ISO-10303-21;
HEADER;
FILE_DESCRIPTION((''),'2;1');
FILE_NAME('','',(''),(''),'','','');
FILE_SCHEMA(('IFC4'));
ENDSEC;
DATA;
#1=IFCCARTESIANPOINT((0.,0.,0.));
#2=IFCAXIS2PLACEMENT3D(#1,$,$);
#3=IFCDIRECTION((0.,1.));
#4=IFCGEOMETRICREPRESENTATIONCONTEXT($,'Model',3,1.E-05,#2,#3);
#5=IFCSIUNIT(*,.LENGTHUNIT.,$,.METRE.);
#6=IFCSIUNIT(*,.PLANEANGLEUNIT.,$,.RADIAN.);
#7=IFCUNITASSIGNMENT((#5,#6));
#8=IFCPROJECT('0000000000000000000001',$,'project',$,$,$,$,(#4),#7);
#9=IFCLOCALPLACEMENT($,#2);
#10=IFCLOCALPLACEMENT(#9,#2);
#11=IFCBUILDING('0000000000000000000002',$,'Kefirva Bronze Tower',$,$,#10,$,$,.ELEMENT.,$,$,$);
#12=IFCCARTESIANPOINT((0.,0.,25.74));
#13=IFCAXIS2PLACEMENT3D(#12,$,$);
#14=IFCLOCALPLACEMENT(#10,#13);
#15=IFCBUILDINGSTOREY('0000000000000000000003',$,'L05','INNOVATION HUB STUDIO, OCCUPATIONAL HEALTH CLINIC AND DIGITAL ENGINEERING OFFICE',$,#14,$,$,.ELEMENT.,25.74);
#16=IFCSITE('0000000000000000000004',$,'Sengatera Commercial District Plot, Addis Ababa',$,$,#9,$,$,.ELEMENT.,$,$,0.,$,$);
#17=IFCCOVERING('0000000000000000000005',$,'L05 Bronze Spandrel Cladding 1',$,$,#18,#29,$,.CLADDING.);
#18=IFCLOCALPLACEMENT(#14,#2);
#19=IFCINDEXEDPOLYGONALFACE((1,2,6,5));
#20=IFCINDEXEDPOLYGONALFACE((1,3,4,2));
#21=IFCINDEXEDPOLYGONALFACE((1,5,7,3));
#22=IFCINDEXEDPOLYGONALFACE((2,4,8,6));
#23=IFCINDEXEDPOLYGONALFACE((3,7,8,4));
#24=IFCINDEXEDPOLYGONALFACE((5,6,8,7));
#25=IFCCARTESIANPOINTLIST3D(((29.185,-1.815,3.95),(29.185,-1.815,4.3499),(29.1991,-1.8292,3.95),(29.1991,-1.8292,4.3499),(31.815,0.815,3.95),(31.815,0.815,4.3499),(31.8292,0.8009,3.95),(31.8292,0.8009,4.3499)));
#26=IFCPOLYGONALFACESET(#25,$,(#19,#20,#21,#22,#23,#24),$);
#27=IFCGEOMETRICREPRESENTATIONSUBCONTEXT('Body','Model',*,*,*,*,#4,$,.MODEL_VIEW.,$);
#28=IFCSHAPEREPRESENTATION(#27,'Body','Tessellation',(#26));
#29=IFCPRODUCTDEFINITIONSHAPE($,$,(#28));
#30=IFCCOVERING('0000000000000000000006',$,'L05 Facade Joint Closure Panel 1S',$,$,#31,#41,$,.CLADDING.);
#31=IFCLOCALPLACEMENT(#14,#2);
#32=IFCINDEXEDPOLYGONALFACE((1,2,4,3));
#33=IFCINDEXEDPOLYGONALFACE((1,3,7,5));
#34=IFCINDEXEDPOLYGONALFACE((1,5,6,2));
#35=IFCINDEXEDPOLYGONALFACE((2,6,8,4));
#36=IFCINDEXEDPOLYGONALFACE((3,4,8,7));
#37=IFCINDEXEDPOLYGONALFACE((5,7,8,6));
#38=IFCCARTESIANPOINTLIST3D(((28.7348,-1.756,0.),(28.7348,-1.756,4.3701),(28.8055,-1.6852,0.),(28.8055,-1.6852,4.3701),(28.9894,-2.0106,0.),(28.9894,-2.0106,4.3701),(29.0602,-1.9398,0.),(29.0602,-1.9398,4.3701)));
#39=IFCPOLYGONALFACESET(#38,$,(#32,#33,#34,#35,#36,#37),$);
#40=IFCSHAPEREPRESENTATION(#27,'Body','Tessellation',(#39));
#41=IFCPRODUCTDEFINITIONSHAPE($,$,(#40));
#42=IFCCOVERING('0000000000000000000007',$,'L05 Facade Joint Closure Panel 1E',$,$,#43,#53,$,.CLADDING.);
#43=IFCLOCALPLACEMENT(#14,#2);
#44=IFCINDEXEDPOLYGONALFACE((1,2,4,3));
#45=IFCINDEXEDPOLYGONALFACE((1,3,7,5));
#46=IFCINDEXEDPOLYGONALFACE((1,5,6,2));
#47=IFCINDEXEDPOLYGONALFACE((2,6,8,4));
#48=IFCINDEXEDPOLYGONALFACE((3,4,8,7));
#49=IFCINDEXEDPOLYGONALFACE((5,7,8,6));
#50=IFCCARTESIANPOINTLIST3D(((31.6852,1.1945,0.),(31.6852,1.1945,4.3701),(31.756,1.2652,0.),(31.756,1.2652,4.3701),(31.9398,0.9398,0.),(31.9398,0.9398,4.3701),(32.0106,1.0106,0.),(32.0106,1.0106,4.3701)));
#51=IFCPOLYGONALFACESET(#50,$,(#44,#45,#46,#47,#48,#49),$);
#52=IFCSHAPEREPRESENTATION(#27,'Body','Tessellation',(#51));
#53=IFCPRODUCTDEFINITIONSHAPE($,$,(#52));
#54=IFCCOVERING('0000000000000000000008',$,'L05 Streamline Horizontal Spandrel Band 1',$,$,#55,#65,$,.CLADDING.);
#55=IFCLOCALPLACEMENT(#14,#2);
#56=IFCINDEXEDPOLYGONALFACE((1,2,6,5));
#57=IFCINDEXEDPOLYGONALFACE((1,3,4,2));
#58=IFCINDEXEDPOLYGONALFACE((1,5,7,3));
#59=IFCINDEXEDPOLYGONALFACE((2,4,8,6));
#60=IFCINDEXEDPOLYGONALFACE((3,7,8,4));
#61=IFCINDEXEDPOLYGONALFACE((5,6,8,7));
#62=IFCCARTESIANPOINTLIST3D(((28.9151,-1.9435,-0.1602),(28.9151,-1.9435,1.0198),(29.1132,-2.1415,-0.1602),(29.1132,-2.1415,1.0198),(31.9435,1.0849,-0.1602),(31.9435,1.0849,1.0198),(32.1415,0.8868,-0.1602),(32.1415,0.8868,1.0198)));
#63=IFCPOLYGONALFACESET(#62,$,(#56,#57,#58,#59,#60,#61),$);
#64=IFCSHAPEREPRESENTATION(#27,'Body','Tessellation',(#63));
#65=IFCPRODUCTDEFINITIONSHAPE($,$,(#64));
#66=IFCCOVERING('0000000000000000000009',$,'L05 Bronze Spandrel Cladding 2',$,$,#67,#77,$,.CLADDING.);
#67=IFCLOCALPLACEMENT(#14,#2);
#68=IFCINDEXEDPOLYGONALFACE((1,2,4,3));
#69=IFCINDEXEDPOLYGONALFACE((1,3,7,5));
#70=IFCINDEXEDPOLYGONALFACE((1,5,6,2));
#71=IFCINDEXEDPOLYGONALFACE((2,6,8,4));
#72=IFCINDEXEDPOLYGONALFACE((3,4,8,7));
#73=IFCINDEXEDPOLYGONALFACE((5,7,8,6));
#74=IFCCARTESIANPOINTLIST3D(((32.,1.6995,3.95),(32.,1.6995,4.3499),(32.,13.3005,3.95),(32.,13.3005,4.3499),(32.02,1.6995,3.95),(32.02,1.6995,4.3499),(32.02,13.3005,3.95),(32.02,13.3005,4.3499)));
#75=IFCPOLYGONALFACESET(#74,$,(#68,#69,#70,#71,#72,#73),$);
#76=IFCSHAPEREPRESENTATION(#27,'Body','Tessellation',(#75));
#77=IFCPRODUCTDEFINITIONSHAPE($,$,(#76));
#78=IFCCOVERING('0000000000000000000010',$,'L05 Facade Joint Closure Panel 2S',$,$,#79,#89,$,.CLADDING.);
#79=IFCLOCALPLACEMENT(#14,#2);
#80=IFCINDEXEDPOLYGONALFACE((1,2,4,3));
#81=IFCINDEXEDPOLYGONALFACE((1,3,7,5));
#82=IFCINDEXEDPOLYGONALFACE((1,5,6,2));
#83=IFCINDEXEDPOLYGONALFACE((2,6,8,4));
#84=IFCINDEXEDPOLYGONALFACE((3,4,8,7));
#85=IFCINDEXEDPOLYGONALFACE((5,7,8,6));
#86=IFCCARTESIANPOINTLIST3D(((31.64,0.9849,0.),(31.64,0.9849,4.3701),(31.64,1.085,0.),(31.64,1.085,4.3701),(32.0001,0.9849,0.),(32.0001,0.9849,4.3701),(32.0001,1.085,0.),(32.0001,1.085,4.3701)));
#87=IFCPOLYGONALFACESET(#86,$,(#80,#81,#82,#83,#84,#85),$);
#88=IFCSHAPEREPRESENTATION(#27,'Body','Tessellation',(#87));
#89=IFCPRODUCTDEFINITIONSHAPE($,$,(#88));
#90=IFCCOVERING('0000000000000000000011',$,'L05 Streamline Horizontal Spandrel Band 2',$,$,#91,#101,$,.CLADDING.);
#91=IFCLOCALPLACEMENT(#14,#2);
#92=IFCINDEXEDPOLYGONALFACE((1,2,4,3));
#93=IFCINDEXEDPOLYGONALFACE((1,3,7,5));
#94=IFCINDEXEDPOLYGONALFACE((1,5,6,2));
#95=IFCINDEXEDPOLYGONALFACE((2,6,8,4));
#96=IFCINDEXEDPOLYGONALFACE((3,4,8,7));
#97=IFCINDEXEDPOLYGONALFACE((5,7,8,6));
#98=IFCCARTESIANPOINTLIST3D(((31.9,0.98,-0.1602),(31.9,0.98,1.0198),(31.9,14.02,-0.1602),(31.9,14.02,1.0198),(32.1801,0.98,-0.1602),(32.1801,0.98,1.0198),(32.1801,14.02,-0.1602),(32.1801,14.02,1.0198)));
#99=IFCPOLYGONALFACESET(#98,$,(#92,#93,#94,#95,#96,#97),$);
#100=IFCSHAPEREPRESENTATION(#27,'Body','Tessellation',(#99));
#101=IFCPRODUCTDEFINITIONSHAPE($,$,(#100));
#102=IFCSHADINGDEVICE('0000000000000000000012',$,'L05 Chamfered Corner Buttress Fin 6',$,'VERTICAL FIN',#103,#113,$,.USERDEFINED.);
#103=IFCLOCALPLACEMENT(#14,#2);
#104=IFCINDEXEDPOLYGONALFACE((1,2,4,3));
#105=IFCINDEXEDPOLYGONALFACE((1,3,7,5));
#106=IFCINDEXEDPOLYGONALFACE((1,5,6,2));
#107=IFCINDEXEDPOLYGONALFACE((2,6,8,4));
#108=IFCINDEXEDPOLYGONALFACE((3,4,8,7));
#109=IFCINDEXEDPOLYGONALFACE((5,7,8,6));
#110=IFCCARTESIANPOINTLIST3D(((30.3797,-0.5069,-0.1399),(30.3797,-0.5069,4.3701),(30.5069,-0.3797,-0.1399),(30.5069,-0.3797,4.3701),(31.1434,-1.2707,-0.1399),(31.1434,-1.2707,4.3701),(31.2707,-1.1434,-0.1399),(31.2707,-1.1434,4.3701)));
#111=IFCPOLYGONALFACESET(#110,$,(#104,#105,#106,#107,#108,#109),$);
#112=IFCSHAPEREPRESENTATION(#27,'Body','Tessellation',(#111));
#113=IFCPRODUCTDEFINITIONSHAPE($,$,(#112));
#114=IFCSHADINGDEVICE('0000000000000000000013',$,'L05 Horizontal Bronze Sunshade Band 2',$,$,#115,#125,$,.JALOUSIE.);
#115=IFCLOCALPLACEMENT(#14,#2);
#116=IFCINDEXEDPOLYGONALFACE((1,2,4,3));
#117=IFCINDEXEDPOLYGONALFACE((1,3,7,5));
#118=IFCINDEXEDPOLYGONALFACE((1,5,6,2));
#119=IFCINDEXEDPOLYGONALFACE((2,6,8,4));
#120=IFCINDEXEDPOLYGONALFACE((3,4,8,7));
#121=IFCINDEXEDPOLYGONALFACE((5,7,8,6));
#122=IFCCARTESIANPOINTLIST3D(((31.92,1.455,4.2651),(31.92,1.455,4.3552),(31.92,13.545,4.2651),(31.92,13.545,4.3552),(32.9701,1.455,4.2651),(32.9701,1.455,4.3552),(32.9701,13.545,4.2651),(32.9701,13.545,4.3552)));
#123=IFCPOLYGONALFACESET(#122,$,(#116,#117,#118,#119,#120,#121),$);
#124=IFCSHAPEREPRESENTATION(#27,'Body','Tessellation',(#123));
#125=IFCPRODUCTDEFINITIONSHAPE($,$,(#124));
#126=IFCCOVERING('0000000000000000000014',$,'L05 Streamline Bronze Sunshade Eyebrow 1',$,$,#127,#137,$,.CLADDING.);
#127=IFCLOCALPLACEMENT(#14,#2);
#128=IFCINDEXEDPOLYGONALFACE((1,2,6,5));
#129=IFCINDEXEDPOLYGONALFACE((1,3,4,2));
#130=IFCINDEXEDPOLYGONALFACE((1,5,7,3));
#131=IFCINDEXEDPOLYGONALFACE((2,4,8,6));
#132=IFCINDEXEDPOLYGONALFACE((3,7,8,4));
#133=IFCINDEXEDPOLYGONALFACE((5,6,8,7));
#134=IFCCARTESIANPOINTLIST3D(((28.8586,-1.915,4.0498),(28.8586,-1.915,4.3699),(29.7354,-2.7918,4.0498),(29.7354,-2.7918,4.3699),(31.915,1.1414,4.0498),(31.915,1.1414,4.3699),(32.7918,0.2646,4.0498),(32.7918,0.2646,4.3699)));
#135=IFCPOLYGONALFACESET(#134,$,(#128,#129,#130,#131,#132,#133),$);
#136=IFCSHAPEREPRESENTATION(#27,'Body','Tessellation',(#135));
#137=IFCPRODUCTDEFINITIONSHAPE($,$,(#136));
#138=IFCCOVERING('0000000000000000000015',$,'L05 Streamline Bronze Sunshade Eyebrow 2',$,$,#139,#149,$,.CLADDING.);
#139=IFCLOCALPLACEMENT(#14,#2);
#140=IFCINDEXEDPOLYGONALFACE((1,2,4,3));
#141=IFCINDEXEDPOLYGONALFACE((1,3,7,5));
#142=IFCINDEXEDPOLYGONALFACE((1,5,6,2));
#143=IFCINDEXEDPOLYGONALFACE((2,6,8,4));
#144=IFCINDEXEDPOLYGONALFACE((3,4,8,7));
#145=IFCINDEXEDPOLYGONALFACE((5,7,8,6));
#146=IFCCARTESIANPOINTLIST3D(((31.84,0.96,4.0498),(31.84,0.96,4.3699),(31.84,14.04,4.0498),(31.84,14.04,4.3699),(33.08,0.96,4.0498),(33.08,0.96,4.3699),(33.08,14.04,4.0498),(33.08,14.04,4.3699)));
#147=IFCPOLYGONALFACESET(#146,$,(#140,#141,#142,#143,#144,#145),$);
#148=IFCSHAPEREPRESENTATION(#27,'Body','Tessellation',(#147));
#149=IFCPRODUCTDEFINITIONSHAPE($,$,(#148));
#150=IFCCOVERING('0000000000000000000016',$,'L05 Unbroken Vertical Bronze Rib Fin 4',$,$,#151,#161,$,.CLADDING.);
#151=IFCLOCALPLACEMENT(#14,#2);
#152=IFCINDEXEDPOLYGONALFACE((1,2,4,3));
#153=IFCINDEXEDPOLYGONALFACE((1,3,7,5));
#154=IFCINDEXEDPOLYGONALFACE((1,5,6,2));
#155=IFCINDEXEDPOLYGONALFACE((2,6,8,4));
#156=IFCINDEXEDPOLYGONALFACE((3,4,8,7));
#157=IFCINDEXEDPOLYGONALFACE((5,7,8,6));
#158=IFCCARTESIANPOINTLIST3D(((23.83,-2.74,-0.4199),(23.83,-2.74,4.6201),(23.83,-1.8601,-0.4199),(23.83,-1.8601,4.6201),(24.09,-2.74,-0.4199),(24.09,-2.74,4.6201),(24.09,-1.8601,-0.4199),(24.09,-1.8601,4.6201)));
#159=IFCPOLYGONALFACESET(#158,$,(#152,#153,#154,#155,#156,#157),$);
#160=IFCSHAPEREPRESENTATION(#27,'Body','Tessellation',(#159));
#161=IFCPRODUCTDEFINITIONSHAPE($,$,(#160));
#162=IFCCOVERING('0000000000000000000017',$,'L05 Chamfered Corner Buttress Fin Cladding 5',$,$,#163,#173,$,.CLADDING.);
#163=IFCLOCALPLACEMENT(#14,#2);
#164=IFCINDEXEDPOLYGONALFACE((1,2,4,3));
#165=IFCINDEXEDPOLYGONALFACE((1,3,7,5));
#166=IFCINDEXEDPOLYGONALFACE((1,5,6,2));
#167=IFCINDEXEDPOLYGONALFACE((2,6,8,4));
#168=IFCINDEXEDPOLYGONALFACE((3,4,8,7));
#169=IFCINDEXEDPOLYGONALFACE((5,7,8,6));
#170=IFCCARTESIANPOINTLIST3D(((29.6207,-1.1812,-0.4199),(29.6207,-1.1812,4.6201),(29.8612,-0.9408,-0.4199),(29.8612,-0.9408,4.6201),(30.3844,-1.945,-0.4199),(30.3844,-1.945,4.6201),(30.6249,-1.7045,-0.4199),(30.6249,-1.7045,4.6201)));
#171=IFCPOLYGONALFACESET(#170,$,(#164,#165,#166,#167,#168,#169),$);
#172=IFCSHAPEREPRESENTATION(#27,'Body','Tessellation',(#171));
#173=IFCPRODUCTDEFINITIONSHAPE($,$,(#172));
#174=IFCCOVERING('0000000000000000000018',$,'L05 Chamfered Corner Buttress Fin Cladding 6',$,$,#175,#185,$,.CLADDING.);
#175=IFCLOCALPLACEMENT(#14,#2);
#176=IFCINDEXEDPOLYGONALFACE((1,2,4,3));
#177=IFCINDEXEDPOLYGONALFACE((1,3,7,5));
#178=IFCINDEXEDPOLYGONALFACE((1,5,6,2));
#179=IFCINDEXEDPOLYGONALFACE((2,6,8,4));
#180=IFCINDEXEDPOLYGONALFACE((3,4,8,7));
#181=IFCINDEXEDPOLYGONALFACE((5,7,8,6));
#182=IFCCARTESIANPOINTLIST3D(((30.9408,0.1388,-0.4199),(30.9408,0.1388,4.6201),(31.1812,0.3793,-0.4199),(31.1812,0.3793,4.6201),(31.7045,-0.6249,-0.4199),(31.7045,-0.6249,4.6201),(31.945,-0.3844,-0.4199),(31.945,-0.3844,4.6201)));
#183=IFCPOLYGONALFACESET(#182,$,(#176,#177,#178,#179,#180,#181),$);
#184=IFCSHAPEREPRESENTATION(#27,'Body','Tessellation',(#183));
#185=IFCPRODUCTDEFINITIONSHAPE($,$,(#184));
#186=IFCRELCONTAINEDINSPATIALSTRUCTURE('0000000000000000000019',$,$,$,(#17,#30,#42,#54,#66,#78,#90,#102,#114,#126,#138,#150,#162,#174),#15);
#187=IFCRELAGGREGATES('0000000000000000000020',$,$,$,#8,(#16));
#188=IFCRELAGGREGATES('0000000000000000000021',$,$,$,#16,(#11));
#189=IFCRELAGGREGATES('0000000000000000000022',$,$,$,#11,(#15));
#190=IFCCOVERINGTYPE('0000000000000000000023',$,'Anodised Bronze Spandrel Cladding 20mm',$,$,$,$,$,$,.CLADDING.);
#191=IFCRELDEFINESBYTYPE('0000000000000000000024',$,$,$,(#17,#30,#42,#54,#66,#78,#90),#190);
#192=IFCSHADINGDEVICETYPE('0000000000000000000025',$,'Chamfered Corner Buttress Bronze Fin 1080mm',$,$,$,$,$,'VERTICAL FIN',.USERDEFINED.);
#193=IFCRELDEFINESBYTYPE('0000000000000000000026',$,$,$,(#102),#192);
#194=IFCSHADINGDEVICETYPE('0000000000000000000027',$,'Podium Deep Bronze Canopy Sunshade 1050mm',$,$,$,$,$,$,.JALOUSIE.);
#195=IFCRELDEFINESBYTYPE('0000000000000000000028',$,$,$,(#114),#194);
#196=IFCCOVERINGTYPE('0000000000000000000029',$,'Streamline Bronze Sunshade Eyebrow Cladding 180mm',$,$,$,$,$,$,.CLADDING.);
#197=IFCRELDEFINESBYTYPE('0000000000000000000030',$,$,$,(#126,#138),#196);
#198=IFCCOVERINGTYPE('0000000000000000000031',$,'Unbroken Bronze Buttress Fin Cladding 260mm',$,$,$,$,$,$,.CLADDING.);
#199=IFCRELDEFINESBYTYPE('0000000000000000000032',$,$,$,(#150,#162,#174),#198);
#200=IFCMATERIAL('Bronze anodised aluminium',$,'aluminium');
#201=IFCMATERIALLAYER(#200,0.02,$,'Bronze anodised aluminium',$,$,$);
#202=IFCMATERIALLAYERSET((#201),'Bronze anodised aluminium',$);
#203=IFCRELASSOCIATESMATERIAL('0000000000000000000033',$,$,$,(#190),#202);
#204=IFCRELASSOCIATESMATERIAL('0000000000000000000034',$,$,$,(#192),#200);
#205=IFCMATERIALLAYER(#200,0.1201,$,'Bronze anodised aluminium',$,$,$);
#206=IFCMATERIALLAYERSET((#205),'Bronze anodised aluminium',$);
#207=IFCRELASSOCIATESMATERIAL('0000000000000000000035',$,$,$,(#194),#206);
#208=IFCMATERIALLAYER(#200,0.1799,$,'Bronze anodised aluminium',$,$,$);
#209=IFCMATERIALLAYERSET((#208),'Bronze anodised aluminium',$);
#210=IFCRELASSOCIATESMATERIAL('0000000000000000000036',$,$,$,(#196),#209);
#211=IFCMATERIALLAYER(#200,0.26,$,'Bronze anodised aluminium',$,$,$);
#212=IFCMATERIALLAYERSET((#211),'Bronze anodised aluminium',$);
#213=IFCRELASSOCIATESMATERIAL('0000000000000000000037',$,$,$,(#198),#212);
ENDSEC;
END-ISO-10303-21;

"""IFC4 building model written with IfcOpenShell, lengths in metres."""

from ifc_helpers import new_model, si_unit, direction, frame, origin, origin_2d, place, context, subcontext, project, spatial, rectangle, extrude, material, layer, layer_set, material_profile, profile_set, type_object, element, save


model = new_model("IFC4")

# Units and contexts
model_context = context("Model", 3, precision=1e-05, world=origin(), true_north=direction((0.0, 1.0)))
body_context = subcontext(model_context, "Body", "Model", "MODEL_VIEW")
ifc_project = project(units=[si_unit("LENGTHUNIT", "METRE"), si_unit("PLANEANGLEUNIT", "RADIAN")], contexts=[model_context])

# Site, building, storey
site_placement = place(None, origin())
site = spatial("IfcSite", under=ifc_project, at=site_placement, Name="Sengatera Commercial District Plot, Addis Ababa", CompositionType="ELEMENT", RefElevation=0.0)
building_placement = place(site_placement, origin())
building = spatial("IfcBuilding", under=site, at=building_placement, Name="Kefirva Bronze Tower", CompositionType="ELEMENT")
storey_placement = place(building_placement, frame((0.0, 0.0, 25.74)))
storey = spatial("IfcBuildingStorey", under=building, at=storey_placement, Name="L05", Description="INNOVATION HUB STUDIO, OCCUPATIONAL HEALTH CLINIC AND DIGITAL ENGINEERING OFFICE", CompositionType="ELEMENT", Elevation=25.74)

# Shared definitions
ifc_material_1 = material(Name="Bronze anodised aluminium", Category="aluminium")

# Coverings
ifc_layer_1 = layer(ifc_material_1, 0.02, Name="Bronze anodised aluminium")
ifc_layer_set_1 = layer_set([ifc_layer_1], Name="Bronze anodised aluminium")
covering_type_1 = type_object("IfcCoveringType", Name="Anodised Bronze Spandrel Cladding 20mm", PredefinedType="CLADDING", material=ifc_layer_set_1)
covering_1_placement = place(storey_placement, frame((30.5071, -0.5071, 3.95), z_axis=(0.0, 0.0, 1.0), x_axis=(0.707107, 0.707107, 0.0)))
element("IfcCovering", 1, at=covering_1_placement, inside=storey, type_object=covering_type_1, Name="L05 Bronze Spandrel Cladding 1", PredefinedType="CLADDING", context=body_context, shape_type="SweptSolid", body=[
    extrude(rectangle(XDim=3.7195, YDim=0.02, at=origin_2d()), origin(), (0.0, 0.0, 1.0), 0.3999),
])
for number, where, z_axis, x_axis, name in (
    (2, (28.8975, -1.8479, 0.0), (0.0, 0.0, 1.0), (0.707107, 0.707107, 0.0), "L05 Facade Joint Closure Panel 1S"),
    (3, (31.8479, 1.1025, 0.0), (0.0, 0.0, 1.0), (0.707107, 0.707107, 0.0), "L05 Facade Joint Closure Panel 1E"),
):
    element("IfcCovering", number, at=place(storey_placement, frame(where, z_axis=z_axis, x_axis=x_axis)), inside=storey, type_object=covering_type_1, Name=name, PredefinedType="CLADDING", context=body_context, shape_type="SweptSolid", body=[
        extrude(rectangle(XDim=0.1001, YDim=0.3601, at=origin_2d()), origin(), (0.0, 0.0, 1.0), 4.3701),
    ])
covering_2_placement = place(storey_placement, frame((30.5283, -0.5283, -0.1602), z_axis=(0.0, 0.0, 1.0), x_axis=(0.707107, 0.707107, 0.0)))
element("IfcCovering", 4, at=covering_2_placement, inside=storey, type_object=covering_type_1, Name="L05 Streamline Horizontal Spandrel Band 1", PredefinedType="CLADDING", context=body_context, shape_type="SweptSolid", body=[
    extrude(rectangle(XDim=4.2827, YDim=0.28, at=origin_2d()), origin(), (0.0, 0.0, 1.0), 1.1799),
])
covering_3_placement = place(storey_placement, frame((32.01, 7.5, 3.95), z_axis=(0.0, 0.0, 1.0), x_axis=(0.0, 1.0, 0.0)))
element("IfcCovering", 5, at=covering_3_placement, inside=storey, type_object=covering_type_1, Name="L05 Bronze Spandrel Cladding 2", PredefinedType="CLADDING", context=body_context, shape_type="SweptSolid", body=[
    extrude(rectangle(XDim=11.6011, YDim=0.02, at=origin_2d()), origin(), (0.0, 0.0, 1.0), 0.3999),
])
covering_4_placement = place(storey_placement, frame((31.8201, 1.0349, 0.0), z_axis=(0.0, 0.0, 1.0), x_axis=(0.0, 1.0, 0.0)))
element("IfcCovering", 6, at=covering_4_placement, inside=storey, type_object=covering_type_1, Name="L05 Facade Joint Closure Panel 2S", PredefinedType="CLADDING", context=body_context, shape_type="SweptSolid", body=[
    extrude(rectangle(XDim=0.1001, YDim=0.3601, at=origin_2d()), origin(), (0.0, 0.0, 1.0), 4.3701),
])
covering_5_placement = place(storey_placement, frame((32.04, 7.5, -0.1602), z_axis=(0.0, 0.0, 1.0), x_axis=(0.0, 1.0, 0.0)))
element("IfcCovering", 7, at=covering_5_placement, inside=storey, type_object=covering_type_1, Name="L05 Streamline Horizontal Spandrel Band 2", PredefinedType="CLADDING", context=body_context, shape_type="SweptSolid", body=[
    extrude(rectangle(XDim=13.04, YDim=0.28, at=origin_2d()), origin(), (0.0, 0.0, 1.0), 1.1799),
])

# Shading devices
ifc_material_profile_1 = material_profile(ifc_material_1, rectangle(XDim=0.1799, YDim=1.0801, at=origin_2d()), Name="BRONZE BUTTRESS FIN 180x1080")
ifc_profile_set_1 = profile_set([ifc_material_profile_1], Name="Bronze anodised aluminium")
shading_device_type_1 = type_object("IfcShadingDeviceType", Name="Chamfered Corner Buttress Bronze Fin 1080mm", ElementType="VERTICAL FIN", PredefinedType="USERDEFINED", material=ifc_profile_set_1)
shading_device_1_placement = place(storey_placement, frame((30.8252, -0.8252, -0.1399), z_axis=(0.0, 0.0, 1.0), x_axis=(0.707107, 0.707107, 0.0)))
element("IfcShadingDevice", 8, at=shading_device_1_placement, inside=storey, type_object=shading_device_type_1, Name="L05 Chamfered Corner Buttress Fin 6", ObjectType="VERTICAL FIN", PredefinedType="USERDEFINED", context=body_context, shape_type="SweptSolid", body=[
    extrude(rectangle(XDim=0.1799, YDim=1.0801, at=origin_2d()), origin(), (0.0, 0.0, 1.0), 4.51),
])
ifc_layer_2 = layer(ifc_material_1, 0.1201, Name="Bronze anodised aluminium")
ifc_layer_set_2 = layer_set([ifc_layer_2], Name="Bronze anodised aluminium")
shading_device_type_2 = type_object("IfcShadingDeviceType", Name="Podium Deep Bronze Canopy Sunshade 1050mm", PredefinedType="JALOUSIE", material=ifc_layer_set_2)
shading_device_2_placement = place(storey_placement, frame((32.4451, 7.5, 4.2651), z_axis=(0.0, 0.0, 1.0), x_axis=(0.0, 1.0, 0.0)))
element("IfcShadingDevice", 9, at=shading_device_2_placement, inside=storey, type_object=shading_device_type_2, Name="L05 Horizontal Bronze Sunshade Band 2", PredefinedType="JALOUSIE", context=body_context, shape_type="SweptSolid", body=[
    extrude(rectangle(XDim=12.0901, YDim=1.05, at=origin_2d()), origin(), (0.0, 0.0, 1.0), 0.0901),
])

# Coverings
ifc_layer_3 = layer(ifc_material_1, 0.1799, Name="Bronze anodised aluminium")
ifc_layer_set_3 = layer_set([ifc_layer_3], Name="Bronze anodised aluminium")
covering_type_2 = type_object("IfcCoveringType", Name="Streamline Bronze Sunshade Eyebrow Cladding 180mm", PredefinedType="CLADDING", material=ifc_layer_set_3)
covering_6_placement = place(storey_placement, frame((30.8252, -0.8252, 4.0498), z_axis=(0.0, 0.0, 1.0), x_axis=(0.707107, 0.707107, 0.0)))
element("IfcCovering", 10, at=covering_6_placement, inside=storey, type_object=covering_type_2, Name="L05 Streamline Bronze Sunshade Eyebrow 1", PredefinedType="CLADDING", context=body_context, shape_type="SweptSolid", body=[
    extrude(rectangle(XDim=4.3225, YDim=1.24, at=origin_2d()), origin(), (0.0, 0.0, 1.0), 0.3201),
])
covering_7_placement = place(storey_placement, frame((32.46, 7.5, 4.0498), z_axis=(0.0, 0.0, 1.0), x_axis=(0.0, 1.0, 0.0)))
element("IfcCovering", 11, at=covering_7_placement, inside=storey, type_object=covering_type_2, Name="L05 Streamline Bronze Sunshade Eyebrow 2", PredefinedType="CLADDING", context=body_context, shape_type="SweptSolid", body=[
    extrude(rectangle(XDim=13.0801, YDim=1.24, at=origin_2d()), origin(), (0.0, 0.0, 1.0), 0.3201),
])
ifc_layer_4 = layer(ifc_material_1, 0.26, Name="Bronze anodised aluminium")
ifc_layer_set_4 = layer_set([ifc_layer_4], Name="Bronze anodised aluminium")
covering_type_3 = type_object("IfcCoveringType", Name="Unbroken Bronze Buttress Fin Cladding 260mm", PredefinedType="CLADDING", material=ifc_layer_set_4)
covering_8_placement = place(storey_placement, frame((23.96, -2.3, -0.4199), z_axis=(0.0, 0.0, 1.0), x_axis=(1.0, 0.0, 0.0)))
element("IfcCovering", 12, at=covering_8_placement, inside=storey, type_object=covering_type_3, Name="L05 Unbroken Vertical Bronze Rib Fin 4", PredefinedType="CLADDING", context=body_context, shape_type="SweptSolid", body=[
    extrude(rectangle(XDim=0.26, YDim=0.8799, at=origin_2d()), origin(), (0.0, 0.0, 1.0), 5.04),
])
for number, where, z_axis, x_axis, name in (
    (13, (30.1228, -1.4429, -0.4199), (0.0, 0.0, 1.0), (0.707107, 0.707107, 0.0), "L05 Chamfered Corner Buttress Fin Cladding 5"),
    (14, (31.4429, -0.1228, -0.4199), (0.0, 0.0, 1.0), (0.707107, 0.707107, 0.0), "L05 Chamfered Corner Buttress Fin Cladding 6"),
):
    element("IfcCovering", number, at=place(storey_placement, frame(where, z_axis=z_axis, x_axis=x_axis)), inside=storey, type_object=covering_type_3, Name=name, PredefinedType="CLADDING", context=body_context, shape_type="SweptSolid", body=[
        extrude(rectangle(XDim=0.3401, YDim=1.0801, at=origin_2d()), origin(), (0.0, 0.0, 1.0), 5.04),
    ])

save(model, "model.ifc")
